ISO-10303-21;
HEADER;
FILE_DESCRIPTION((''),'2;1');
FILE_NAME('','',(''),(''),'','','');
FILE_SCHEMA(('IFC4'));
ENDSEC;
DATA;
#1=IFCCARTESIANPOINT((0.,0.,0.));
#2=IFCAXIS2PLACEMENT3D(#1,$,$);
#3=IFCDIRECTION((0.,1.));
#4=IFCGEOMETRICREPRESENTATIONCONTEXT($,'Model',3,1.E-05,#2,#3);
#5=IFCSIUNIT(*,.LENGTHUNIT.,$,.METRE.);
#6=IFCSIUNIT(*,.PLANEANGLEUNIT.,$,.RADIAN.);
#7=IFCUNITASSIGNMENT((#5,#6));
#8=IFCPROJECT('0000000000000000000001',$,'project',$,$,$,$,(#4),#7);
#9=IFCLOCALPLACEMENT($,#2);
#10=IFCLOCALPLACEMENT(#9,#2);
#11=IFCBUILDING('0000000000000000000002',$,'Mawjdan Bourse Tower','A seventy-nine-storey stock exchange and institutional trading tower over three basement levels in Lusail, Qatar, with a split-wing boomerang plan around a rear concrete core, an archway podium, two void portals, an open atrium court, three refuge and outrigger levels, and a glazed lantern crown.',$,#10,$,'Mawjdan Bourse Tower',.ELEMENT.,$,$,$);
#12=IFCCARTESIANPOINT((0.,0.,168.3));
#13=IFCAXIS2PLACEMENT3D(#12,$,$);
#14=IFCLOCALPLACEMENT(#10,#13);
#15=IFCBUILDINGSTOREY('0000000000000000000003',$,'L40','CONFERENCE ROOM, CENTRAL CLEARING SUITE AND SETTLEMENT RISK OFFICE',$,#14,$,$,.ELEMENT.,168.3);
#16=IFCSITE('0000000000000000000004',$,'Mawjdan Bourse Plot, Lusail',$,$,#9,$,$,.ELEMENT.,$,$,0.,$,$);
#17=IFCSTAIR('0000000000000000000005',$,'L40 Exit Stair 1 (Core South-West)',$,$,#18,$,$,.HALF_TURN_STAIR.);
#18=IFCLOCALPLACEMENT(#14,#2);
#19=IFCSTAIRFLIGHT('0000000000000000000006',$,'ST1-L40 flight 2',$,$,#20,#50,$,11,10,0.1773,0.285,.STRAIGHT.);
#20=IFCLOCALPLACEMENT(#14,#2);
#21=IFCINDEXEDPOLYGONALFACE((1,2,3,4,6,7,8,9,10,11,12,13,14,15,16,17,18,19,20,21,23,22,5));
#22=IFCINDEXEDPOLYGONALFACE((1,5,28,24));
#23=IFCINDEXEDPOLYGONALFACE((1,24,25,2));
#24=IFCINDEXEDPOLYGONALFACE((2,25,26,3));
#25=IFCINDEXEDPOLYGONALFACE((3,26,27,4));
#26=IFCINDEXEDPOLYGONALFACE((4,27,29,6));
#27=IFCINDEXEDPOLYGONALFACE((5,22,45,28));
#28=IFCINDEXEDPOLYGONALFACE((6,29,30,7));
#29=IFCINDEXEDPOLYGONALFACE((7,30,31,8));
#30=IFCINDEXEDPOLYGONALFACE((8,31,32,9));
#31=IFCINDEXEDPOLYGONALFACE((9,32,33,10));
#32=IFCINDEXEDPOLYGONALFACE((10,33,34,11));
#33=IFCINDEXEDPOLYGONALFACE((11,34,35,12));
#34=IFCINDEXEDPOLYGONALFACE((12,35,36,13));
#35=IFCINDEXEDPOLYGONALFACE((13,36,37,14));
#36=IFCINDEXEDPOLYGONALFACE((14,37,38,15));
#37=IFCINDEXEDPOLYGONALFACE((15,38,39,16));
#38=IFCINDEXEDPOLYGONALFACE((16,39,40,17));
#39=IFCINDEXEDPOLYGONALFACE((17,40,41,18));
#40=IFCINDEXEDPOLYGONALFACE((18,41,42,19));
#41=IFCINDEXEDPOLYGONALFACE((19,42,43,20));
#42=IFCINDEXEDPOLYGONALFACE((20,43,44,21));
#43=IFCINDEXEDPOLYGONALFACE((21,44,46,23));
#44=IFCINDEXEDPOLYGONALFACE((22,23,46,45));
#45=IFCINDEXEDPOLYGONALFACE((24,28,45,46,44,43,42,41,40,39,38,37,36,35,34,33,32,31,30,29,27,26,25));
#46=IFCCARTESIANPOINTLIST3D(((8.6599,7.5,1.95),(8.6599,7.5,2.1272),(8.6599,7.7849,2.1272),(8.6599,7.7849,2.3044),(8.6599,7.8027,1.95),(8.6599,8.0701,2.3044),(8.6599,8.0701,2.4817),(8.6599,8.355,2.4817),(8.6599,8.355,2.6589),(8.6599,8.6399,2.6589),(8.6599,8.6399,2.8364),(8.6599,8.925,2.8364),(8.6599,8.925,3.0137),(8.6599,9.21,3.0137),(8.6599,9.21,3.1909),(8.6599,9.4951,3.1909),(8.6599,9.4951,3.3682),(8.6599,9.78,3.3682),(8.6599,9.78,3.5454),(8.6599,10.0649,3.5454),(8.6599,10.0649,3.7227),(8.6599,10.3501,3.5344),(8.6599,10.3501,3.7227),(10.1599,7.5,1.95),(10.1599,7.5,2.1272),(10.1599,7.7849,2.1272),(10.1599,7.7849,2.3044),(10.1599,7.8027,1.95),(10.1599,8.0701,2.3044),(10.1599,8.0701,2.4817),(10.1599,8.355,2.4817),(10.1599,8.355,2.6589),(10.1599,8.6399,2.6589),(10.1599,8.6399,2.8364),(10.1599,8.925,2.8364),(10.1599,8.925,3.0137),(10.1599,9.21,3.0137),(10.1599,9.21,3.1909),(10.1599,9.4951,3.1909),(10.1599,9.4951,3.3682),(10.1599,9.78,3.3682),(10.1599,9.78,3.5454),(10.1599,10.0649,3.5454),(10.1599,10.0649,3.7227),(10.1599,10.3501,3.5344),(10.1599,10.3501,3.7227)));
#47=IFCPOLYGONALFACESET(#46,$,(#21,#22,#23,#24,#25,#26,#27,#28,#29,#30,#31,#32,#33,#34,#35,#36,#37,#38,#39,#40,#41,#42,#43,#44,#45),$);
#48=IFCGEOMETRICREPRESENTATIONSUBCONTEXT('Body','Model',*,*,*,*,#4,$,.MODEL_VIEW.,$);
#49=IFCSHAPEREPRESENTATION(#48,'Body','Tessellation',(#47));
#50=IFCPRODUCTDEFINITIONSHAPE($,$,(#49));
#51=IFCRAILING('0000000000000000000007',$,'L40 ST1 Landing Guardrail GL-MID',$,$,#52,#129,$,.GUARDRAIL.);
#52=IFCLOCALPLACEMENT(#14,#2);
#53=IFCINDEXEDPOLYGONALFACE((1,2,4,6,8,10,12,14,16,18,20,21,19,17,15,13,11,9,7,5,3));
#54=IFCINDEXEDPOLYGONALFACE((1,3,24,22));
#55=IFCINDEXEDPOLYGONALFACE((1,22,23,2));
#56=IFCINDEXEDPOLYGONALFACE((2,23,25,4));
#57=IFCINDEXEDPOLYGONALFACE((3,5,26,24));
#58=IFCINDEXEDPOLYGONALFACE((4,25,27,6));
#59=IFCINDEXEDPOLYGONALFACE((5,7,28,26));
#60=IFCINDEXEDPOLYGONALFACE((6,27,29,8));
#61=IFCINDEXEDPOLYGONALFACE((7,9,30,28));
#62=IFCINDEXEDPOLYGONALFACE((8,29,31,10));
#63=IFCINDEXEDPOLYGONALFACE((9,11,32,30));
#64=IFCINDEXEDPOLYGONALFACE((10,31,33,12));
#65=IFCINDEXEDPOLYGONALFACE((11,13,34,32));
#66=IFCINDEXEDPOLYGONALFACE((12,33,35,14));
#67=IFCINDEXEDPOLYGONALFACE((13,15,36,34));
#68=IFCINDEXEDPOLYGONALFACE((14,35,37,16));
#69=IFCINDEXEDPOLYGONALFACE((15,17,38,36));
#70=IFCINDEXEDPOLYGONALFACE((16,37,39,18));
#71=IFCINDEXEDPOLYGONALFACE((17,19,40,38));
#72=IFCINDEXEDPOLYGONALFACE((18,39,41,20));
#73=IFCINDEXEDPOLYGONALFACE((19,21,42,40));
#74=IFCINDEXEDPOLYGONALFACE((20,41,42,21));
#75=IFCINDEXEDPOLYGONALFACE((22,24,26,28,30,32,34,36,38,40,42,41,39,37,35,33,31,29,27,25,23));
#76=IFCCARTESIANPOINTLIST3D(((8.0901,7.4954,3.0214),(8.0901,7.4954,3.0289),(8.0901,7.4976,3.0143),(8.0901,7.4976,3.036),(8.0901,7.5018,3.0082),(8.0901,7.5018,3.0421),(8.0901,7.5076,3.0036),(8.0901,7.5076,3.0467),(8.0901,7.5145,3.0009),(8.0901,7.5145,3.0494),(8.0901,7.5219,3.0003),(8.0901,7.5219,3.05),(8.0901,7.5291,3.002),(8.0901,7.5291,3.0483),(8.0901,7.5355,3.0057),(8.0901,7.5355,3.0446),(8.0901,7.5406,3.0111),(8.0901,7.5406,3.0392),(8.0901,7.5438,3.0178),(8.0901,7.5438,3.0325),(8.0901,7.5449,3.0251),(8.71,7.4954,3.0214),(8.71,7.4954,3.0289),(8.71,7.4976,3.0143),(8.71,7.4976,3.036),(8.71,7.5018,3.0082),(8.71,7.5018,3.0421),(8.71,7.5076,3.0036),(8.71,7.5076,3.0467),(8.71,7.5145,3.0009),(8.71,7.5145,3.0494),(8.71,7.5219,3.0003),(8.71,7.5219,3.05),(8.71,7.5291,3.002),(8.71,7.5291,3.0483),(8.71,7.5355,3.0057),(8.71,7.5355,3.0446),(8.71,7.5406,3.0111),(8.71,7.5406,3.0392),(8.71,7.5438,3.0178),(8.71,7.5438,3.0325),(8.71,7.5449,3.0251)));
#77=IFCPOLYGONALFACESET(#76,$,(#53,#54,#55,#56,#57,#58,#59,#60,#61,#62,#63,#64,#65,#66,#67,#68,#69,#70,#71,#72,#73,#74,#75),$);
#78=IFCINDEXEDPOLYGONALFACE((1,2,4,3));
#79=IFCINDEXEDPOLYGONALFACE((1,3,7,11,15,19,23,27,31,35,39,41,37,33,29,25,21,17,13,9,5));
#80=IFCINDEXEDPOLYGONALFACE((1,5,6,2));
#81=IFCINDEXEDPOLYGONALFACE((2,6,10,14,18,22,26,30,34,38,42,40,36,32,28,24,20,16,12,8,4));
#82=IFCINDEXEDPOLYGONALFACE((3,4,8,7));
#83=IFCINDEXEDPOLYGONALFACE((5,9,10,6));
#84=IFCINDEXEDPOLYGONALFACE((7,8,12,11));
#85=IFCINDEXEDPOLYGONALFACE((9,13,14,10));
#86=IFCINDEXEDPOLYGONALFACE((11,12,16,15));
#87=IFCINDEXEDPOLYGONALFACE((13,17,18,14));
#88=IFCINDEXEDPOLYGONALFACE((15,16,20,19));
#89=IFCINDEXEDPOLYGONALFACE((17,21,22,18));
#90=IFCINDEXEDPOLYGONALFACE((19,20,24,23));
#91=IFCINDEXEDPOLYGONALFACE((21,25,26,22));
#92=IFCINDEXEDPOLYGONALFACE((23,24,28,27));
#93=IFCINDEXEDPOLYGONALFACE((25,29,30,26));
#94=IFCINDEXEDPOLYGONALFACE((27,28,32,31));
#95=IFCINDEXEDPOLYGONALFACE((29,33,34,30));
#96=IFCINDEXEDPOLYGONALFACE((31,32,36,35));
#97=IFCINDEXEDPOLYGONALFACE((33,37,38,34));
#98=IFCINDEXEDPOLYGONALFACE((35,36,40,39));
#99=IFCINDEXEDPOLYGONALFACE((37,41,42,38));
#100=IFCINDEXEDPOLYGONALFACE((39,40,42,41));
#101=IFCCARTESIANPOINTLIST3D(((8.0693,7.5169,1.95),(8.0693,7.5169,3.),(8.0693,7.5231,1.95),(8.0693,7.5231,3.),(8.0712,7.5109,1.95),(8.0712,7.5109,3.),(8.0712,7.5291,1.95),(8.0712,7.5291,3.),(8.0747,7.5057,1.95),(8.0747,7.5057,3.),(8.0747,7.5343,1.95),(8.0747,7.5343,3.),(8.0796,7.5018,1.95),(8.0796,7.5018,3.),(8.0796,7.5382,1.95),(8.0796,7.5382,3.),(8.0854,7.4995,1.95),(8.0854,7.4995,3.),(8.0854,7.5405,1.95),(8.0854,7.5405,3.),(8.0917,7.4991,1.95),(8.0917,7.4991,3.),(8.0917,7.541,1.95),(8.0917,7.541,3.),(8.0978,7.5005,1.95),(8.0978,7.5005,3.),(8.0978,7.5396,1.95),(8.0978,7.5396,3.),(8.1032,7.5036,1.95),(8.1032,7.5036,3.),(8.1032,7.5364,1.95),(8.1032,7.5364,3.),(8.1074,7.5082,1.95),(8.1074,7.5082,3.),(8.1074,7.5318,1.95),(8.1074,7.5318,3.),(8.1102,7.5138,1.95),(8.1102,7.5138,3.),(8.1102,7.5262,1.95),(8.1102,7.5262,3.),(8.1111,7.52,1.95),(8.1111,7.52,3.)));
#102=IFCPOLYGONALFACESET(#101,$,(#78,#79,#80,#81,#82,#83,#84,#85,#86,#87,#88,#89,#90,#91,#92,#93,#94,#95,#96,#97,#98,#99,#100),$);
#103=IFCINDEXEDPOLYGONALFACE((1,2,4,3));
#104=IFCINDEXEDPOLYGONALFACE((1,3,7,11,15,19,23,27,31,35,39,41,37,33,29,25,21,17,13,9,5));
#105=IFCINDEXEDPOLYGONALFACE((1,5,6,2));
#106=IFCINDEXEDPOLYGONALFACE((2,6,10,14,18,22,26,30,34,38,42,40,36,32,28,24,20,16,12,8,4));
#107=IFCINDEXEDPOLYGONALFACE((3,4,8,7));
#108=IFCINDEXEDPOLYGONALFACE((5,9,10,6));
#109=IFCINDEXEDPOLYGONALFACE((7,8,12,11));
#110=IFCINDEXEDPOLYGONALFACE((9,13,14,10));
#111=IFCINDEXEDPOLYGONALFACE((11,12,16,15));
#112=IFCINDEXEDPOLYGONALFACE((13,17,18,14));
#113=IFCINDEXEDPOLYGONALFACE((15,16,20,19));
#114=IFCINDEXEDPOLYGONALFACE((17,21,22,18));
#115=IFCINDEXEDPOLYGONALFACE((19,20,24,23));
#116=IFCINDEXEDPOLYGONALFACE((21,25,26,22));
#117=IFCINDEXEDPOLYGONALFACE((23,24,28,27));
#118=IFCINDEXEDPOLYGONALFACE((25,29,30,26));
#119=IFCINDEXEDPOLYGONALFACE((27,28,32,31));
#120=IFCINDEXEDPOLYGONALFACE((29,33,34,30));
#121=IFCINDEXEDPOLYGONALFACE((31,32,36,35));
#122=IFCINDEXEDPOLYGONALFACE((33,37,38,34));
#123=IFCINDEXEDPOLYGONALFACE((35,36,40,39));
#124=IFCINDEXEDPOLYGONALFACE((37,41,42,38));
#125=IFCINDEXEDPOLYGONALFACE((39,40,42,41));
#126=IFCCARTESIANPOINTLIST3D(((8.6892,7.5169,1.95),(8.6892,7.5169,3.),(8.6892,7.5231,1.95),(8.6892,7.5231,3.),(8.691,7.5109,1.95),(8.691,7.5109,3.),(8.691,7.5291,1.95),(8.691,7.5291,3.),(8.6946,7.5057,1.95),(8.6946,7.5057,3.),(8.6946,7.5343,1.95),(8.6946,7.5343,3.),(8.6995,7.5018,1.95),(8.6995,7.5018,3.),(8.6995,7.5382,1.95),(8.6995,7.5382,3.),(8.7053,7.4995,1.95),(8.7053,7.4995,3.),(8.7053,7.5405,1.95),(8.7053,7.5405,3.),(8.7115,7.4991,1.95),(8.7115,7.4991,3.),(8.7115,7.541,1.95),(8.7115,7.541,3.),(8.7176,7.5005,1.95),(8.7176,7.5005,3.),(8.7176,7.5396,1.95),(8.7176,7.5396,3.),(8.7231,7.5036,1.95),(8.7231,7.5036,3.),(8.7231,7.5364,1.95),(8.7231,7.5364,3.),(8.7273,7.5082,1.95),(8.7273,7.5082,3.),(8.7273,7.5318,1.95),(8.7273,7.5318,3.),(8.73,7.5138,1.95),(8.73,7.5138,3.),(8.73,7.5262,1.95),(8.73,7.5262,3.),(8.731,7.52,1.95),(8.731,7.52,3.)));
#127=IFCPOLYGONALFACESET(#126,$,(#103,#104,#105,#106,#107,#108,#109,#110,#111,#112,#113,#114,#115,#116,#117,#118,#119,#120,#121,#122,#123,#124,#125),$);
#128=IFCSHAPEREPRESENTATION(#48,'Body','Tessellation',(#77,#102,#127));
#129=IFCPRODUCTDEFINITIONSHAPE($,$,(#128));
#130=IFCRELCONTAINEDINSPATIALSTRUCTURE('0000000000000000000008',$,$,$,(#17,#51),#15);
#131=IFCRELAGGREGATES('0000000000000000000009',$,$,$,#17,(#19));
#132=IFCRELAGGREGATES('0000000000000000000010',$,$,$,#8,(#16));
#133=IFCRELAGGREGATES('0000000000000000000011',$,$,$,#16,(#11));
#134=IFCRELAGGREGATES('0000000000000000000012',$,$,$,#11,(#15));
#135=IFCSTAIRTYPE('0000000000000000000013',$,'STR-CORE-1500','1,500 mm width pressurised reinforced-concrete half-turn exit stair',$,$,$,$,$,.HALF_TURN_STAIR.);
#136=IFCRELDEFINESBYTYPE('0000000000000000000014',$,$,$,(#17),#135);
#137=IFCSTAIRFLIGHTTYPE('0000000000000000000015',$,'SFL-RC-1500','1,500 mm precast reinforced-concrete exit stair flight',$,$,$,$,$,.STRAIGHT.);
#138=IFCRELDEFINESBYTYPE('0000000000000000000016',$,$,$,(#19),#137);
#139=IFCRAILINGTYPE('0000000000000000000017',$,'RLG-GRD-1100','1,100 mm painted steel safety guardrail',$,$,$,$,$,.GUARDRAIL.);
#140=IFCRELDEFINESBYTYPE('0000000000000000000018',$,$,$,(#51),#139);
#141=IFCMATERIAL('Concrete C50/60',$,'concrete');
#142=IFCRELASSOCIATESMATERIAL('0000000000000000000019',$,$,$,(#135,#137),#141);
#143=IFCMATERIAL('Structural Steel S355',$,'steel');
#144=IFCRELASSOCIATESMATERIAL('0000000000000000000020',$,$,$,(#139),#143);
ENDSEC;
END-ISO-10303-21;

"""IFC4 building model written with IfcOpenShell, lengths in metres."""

from ifc_helpers import new_model, si_unit, direction, frame, origin, origin_2d, place, context, subcontext, project, spatial, polyline, circle, outline, extrude, material, type_object, element, aggregate, save


model = new_model("IFC4")

# Units and contexts
model_context = context("Model", 3, precision=1e-05, world=origin(), true_north=direction((0.0, 1.0)))
body_context = subcontext(model_context, "Body", "Model", "MODEL_VIEW")
ifc_project = project(units=[si_unit("LENGTHUNIT", "METRE"), si_unit("PLANEANGLEUNIT", "RADIAN")], contexts=[model_context])

# Site, building, storey
site_placement = place(None, origin())
site = spatial("IfcSite", under=ifc_project, at=site_placement, Name="Mawjdan Bourse Plot, Lusail", CompositionType="ELEMENT", RefElevation=0.0)
building_placement = place(site_placement, origin())
building = spatial("IfcBuilding", under=site, at=building_placement, Name="Mawjdan Bourse Tower", Description="A seventy-nine-storey stock exchange and institutional trading tower over three basement levels in Lusail, Qatar, with a split-wing boomerang plan around a rear concrete core, an archway podium, two void portals, an open atrium court, three refuge and outrigger levels, and a glazed lantern crown.", LongName="Mawjdan Bourse Tower", CompositionType="ELEMENT")
storey_placement = place(building_placement, frame((0.0, 0.0, 168.3)))
storey = spatial("IfcBuildingStorey", under=building, at=storey_placement, Name="L40", Description="CONFERENCE ROOM, CENTRAL CLEARING SUITE AND SETTLEMENT RISK OFFICE", CompositionType="ELEMENT", Elevation=168.3)

# Shared definitions
ifc_material_1 = material(Name="Structural Steel S355", Category="steel")

# Stair
ifc_material_2 = material(Name="Concrete C50/60", Category="concrete")
stair_type = type_object("IfcStairType", Name="STR-CORE-1500", Description="1,500 mm width pressurised reinforced-concrete half-turn exit stair", PredefinedType="HALF_TURN_STAIR", material=ifc_material_2)
stair_1_placement = place(storey_placement, origin())
stair_1 = element("IfcStair", 1, at=stair_1_placement, inside=storey, type_object=stair_type, Name="L40 Exit Stair 1 (Core South-West)", PredefinedType="HALF_TURN_STAIR")

# Stair flight
stair_flight_type = type_object("IfcStairFlightType", Name="SFL-RC-1500", Description="1,500 mm precast reinforced-concrete exit stair flight", PredefinedType="STRAIGHT", material=ifc_material_2)
stair_flight_placement = place(storey_placement, frame((9.4099, 7.5, 1.95), z_axis=(0.0, 0.0, 1.0), x_axis=(0.0, 1.0, 0.0)))
stair_flight = element("IfcStairFlight", 2, at=stair_flight_placement, type_object=stair_flight_type, Name="ST1-L40 flight 2", NumberOfRisers=11, NumberOfTreads=10, PredefinedType="STRAIGHT", RiserHeight=0.1773, TreadLength=0.285, context=body_context, shape_type="SweptSolid", body=[
    extrude(outline(polyline([(0.0, 0.0), (0.0, 0.1772), (0.2849, 0.1772), (0.2849, 0.3545), (0.5701, 0.3545), (0.5701, 0.5317), (0.855, 0.5317), (0.855, 0.709), (1.1399, 0.709), (1.1399, 0.8865), (1.425, 0.8865), (1.425, 1.0637), (1.71, 1.0637), (1.71, 1.241), (1.9951, 1.241), (1.9951, 1.4182), (2.28, 1.4182), (2.28, 1.5955), (2.5649, 1.5955), (2.5649, 1.7727), (2.8501, 1.7727), (2.8501, 1.95), (2.8501, 1.5845), (0.3027, 0.0), (0.0, 0.0)])), frame((0.0, 0.75, 0.0), z_axis=(0.0, -1.0, 0.0), x_axis=(1.0, 0.0, 0.0)), (0.0, 0.0, 1.0), 1.5),
])
aggregate(stair_1, [stair_flight])

# Railing
railing_type_1 = type_object("IfcRailingType", Name="RLG-GRD-1100", Description="1,100 mm painted steel safety guardrail", PredefinedType="GUARDRAIL", material=ifc_material_1)
railing_1_placement = place(storey_placement, frame((8.0901, 7.52, 1.95)))
element("IfcRailing", 3, at=railing_1_placement, inside=storey, type_object=railing_type_1, Name="L40 ST1 Landing Guardrail GL-MID", PredefinedType="GUARDRAIL", context=body_context, shape_type="SweptSolid", body=[
    extrude(circle(Radius=0.0249, at=origin_2d()), frame((0.0, 0.0, 1.0752), z_axis=(1.0, 0.0, 0.0), x_axis=(0.0, 1.0, 0.0)), (0.0, 0.0, 1.0), 0.6199),
    extrude(circle(Radius=0.021, at=origin_2d()), origin(), (0.0, 0.0, 1.0), 1.05),
    extrude(circle(Radius=0.021, at=origin_2d()), frame((0.6199, 0.0, 0.0)), (0.0, 0.0, 1.0), 1.05),
])

save(model, "model.ifc")
